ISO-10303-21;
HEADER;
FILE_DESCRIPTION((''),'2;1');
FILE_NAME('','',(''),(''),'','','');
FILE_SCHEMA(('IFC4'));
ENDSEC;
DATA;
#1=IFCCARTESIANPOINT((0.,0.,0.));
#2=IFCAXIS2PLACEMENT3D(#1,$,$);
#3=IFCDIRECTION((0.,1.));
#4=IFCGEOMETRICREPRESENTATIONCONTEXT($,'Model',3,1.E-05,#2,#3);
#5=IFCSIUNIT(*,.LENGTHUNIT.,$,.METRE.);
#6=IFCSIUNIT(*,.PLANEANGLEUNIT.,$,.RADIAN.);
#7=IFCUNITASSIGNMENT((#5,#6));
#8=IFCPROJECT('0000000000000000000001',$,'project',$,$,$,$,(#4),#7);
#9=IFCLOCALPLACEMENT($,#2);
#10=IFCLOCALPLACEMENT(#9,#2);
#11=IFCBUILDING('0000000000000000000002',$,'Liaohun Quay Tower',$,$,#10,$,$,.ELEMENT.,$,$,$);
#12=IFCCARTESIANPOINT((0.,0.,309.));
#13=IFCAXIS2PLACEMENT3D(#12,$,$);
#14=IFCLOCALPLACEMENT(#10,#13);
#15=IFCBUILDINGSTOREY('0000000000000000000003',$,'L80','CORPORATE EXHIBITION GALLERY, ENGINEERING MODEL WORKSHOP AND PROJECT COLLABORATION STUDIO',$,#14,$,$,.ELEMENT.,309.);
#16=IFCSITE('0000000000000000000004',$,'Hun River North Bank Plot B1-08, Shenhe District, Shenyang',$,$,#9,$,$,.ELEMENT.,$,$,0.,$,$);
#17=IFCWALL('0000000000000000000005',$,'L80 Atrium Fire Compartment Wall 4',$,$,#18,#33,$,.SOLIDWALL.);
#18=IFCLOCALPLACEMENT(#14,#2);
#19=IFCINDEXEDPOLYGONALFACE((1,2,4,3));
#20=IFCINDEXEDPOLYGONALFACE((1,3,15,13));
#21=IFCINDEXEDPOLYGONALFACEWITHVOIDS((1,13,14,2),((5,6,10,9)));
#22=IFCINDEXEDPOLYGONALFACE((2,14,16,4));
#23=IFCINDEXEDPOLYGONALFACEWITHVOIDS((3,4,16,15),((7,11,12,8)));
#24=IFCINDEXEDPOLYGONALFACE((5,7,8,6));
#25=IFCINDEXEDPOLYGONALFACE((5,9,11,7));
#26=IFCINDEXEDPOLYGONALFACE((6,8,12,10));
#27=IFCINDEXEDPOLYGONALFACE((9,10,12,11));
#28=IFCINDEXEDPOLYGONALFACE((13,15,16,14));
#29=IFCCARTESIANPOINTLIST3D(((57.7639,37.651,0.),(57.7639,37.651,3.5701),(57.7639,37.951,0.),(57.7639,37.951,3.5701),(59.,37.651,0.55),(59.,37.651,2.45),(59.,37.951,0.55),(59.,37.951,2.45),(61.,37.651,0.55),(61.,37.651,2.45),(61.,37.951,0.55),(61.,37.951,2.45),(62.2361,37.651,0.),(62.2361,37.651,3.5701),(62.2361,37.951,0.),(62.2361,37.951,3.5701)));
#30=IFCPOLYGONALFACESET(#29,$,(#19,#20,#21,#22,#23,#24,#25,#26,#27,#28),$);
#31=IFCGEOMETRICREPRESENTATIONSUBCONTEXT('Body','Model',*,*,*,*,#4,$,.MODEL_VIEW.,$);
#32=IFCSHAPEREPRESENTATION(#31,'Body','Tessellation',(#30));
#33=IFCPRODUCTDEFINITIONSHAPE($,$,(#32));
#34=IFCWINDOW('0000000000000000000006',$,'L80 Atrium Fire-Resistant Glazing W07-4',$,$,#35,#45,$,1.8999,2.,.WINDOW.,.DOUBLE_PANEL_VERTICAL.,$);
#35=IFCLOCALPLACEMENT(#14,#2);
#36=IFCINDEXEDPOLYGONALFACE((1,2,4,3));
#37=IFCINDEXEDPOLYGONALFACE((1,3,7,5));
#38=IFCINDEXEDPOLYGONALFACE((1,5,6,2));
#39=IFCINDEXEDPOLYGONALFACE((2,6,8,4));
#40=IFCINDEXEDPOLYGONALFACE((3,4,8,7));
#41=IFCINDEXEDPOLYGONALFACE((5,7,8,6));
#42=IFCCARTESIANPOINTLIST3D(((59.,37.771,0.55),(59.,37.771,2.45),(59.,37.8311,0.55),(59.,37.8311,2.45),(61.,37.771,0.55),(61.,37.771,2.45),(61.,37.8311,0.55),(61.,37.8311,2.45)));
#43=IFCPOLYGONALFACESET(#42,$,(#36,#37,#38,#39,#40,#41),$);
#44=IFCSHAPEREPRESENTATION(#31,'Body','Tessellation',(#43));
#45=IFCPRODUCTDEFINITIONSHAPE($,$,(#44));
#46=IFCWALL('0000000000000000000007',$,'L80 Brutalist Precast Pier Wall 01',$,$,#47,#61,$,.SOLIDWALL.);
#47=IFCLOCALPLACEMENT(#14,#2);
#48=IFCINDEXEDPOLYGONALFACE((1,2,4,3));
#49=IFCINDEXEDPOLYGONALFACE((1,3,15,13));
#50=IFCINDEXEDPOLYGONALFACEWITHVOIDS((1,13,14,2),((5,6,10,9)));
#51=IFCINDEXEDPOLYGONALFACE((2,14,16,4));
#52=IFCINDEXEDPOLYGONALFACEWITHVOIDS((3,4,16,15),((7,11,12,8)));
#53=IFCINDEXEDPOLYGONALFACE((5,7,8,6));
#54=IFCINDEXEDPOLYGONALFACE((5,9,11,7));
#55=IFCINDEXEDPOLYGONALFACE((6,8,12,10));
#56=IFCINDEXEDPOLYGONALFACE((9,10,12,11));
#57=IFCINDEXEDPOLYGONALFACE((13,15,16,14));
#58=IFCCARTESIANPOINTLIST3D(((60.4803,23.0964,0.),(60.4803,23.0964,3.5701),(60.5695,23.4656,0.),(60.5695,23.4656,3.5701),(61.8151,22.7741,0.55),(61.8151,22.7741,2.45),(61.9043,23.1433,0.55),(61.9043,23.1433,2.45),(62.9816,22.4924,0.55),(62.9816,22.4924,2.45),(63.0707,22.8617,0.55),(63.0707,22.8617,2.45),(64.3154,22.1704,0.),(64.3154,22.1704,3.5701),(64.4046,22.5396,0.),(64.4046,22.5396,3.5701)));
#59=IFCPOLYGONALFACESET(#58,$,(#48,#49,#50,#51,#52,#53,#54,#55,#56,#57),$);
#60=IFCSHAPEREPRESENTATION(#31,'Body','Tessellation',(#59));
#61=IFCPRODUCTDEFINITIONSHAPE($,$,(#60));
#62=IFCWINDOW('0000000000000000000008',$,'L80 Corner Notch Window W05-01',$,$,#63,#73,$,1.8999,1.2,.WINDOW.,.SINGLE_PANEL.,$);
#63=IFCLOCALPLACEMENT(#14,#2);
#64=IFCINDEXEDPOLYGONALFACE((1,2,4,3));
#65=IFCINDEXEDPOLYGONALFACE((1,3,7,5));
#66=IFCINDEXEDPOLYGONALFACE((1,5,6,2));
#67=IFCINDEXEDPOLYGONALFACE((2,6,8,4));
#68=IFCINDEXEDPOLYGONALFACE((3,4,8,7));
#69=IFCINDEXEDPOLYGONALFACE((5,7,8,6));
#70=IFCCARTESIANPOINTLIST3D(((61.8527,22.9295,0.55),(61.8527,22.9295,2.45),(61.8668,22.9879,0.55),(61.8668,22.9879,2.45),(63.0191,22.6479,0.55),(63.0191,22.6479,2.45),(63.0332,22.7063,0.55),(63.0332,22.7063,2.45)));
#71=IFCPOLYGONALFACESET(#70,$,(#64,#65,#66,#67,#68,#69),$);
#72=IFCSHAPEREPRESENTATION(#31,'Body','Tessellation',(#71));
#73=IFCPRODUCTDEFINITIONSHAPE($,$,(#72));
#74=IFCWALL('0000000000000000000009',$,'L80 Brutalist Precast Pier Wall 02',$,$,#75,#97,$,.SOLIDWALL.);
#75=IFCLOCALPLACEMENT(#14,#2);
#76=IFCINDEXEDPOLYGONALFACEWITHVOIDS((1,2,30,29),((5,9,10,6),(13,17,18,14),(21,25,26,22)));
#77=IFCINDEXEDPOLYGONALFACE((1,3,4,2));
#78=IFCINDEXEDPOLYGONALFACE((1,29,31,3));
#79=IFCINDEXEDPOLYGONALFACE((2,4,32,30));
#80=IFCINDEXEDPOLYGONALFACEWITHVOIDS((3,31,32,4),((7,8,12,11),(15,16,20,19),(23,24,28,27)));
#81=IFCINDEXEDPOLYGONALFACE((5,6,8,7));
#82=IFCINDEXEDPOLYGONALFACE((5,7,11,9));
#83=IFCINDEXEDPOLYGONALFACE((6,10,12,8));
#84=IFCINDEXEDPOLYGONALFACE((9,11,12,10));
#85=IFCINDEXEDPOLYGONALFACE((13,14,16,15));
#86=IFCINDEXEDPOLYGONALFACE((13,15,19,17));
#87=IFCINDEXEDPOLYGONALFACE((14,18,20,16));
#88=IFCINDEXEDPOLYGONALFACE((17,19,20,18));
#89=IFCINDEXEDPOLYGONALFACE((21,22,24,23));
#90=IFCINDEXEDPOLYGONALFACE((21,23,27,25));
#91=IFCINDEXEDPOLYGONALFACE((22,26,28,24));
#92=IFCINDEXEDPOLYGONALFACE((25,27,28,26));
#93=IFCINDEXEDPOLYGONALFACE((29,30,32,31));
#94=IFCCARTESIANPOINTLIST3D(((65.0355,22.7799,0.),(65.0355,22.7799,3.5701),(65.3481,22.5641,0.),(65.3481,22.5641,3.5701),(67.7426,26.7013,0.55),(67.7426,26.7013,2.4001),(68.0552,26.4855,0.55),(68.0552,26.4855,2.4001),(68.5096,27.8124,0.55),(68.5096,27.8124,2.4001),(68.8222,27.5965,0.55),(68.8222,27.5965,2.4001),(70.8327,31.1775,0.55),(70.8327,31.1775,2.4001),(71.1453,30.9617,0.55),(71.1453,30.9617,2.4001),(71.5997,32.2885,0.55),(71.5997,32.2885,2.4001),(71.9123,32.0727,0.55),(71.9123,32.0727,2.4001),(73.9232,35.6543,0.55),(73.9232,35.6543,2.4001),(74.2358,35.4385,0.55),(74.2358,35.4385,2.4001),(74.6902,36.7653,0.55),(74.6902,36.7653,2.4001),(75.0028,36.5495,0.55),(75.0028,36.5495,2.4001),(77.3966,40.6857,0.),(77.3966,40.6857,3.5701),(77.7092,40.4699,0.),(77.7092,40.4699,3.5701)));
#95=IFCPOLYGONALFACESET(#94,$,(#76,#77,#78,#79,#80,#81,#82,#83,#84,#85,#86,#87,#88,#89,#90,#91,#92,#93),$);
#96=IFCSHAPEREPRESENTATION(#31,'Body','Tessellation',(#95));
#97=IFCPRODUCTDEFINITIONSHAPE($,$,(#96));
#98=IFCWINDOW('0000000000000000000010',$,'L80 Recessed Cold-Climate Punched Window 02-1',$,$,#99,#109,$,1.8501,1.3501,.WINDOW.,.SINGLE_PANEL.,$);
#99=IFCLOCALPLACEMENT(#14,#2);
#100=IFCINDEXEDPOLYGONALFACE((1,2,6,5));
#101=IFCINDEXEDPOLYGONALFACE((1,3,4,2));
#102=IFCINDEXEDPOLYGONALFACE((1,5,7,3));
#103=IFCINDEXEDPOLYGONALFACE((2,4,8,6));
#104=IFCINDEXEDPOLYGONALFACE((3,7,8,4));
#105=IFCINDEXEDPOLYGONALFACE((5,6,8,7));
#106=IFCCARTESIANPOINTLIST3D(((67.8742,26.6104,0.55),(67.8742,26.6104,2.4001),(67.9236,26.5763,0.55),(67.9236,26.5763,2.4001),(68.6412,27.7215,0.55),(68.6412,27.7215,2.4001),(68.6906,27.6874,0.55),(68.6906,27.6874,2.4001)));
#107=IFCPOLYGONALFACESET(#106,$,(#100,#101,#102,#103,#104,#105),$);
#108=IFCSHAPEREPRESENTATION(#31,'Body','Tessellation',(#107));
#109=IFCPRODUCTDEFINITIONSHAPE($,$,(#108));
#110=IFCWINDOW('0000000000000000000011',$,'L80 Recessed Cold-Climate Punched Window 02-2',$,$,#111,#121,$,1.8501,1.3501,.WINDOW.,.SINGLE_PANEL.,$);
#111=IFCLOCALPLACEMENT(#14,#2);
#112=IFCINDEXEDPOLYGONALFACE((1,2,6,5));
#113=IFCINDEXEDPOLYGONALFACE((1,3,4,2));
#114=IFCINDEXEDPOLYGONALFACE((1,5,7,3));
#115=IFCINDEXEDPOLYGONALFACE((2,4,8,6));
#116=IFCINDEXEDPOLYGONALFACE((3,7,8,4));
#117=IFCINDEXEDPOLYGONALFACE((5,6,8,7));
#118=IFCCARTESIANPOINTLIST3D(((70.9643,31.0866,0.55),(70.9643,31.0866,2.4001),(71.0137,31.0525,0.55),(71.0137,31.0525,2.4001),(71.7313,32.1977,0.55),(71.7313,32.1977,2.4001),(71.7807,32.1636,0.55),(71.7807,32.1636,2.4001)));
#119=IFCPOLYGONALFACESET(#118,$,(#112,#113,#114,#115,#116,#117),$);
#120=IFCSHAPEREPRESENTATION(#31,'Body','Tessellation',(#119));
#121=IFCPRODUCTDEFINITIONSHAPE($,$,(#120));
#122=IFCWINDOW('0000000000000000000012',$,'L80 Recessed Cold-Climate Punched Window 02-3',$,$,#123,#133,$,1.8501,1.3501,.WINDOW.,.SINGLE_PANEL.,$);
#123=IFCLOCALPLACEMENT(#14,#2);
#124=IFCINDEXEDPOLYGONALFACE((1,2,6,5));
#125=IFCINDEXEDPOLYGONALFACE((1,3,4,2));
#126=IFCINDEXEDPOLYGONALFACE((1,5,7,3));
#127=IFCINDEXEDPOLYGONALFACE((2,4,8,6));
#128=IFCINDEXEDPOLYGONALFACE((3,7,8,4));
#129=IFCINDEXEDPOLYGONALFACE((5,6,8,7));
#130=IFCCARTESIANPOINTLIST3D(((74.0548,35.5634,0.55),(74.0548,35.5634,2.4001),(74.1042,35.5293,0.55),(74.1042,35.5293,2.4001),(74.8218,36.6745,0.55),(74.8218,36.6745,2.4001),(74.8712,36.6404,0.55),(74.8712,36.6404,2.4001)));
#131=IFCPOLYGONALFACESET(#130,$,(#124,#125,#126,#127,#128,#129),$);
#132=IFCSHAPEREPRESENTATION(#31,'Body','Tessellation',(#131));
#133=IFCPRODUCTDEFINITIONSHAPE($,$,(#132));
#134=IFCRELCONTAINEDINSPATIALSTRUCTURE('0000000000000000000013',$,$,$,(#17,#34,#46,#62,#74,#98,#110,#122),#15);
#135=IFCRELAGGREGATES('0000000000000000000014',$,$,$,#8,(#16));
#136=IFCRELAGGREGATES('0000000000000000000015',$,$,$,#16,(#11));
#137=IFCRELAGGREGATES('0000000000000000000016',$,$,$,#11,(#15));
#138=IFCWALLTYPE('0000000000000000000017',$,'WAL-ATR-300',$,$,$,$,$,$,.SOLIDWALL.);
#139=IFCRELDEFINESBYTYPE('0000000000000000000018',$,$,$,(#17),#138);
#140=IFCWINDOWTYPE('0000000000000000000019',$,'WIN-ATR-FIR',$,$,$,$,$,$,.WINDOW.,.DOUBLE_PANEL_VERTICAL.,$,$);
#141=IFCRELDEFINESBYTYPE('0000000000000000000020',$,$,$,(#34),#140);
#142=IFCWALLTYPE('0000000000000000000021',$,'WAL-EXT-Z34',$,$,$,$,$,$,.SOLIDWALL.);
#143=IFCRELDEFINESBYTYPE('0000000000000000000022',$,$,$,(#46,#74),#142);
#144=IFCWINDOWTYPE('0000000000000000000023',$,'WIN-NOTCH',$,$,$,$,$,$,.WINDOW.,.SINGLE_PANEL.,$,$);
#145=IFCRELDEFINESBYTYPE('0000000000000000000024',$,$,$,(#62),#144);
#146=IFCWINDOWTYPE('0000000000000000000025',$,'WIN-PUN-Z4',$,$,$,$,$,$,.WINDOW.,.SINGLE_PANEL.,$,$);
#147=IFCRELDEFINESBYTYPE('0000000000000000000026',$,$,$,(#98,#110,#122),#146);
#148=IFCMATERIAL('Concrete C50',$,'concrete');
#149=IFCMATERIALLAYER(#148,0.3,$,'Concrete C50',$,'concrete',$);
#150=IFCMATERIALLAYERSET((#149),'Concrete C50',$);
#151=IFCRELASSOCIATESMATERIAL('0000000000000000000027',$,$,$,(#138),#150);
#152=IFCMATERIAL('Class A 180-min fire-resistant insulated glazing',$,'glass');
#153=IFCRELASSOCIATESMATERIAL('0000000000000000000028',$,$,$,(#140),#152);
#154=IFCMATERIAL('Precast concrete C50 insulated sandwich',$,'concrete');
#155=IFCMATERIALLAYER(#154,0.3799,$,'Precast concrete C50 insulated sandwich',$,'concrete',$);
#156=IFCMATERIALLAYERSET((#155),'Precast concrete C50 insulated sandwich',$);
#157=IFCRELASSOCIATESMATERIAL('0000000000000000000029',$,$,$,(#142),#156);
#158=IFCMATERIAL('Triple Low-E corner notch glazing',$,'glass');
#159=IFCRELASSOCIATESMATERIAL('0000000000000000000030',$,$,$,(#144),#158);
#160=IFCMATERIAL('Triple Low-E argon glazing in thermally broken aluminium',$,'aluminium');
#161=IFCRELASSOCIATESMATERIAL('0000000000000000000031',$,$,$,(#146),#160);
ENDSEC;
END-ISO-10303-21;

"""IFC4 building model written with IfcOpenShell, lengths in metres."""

from ifc_helpers import new_model, si_unit, direction, frame, frame_2d, origin, place, context, subcontext, project, spatial, rectangle, extrude, source, transform, mapped, material, layer, layer_set, type_object, element, fill, save


model = new_model("IFC4")

# Units and contexts
model_context = context("Model", 3, precision=1e-05, world=origin(), true_north=direction((0.0, 1.0)))
body_context = subcontext(model_context, "Body", "Model", "MODEL_VIEW")
ifc_project = project(units=[si_unit("LENGTHUNIT", "METRE"), si_unit("PLANEANGLEUNIT", "RADIAN")], contexts=[model_context])

# Site, building, storey
site_placement = place(None, origin())
site = spatial("IfcSite", under=ifc_project, at=site_placement, Name="Hun River North Bank Plot B1-08, Shenhe District, Shenyang", CompositionType="ELEMENT", RefElevation=0.0)
building_placement = place(site_placement, origin())
building = spatial("IfcBuilding", under=site, at=building_placement, Name="Liaohun Quay Tower", CompositionType="ELEMENT")
storey_placement = place(building_placement, frame((0.0, 0.0, 309.0)))
storey = spatial("IfcBuildingStorey", under=building, at=storey_placement, Name="L80", Description="CORPORATE EXHIBITION GALLERY, ENGINEERING MODEL WORKSHOP AND PROJECT COLLABORATION STUDIO", CompositionType="ELEMENT", Elevation=309.0)

# Shared definitions
ifc_material_1 = material(Name="Concrete C50", Category="concrete")

# Walls, openings, windows
ifc_layer_1 = layer(ifc_material_1, 0.3, Name="Concrete C50", Category="concrete")
ifc_layer_set_1 = layer_set([ifc_layer_1], Name="Concrete C50")
wall_type_1 = type_object("IfcWallType", Name="WAL-ATR-300", PredefinedType="SOLIDWALL", material=ifc_layer_set_1)
shared_shape_1 = source(origin(), body_context, "Body", "SweptSolid", [
    extrude(rectangle(XDim=2.0, YDim=1.8999, at=frame_2d((1.0, 0.95))), frame((0.0, 0.1599, 0.0), z_axis=(0.0, -1.0, 0.0), x_axis=(1.0, 0.0, 0.0)), (0.0, 0.0, 1.0), 0.3201),
])
ifc_material_2 = material(Name="Class A 180-min fire-resistant insulated glazing", Category="glass")
window_type_1 = type_object("IfcWindowType", Name="WIN-ATR-FIR", PartitioningType="DOUBLE_PANEL_VERTICAL", PredefinedType="WINDOW", material=ifc_material_2)
shared_shape_2 = source(origin(), body_context, "Body", "SweptSolid", [
    extrude(rectangle(XDim=2.0, YDim=1.8999, at=frame_2d((1.0, 0.95))), frame((0.0, 0.03, 0.0), z_axis=(0.0, -1.0, 0.0), x_axis=(1.0, 0.0, 0.0)), (0.0, 0.0, 1.0), 0.0601),
])
wall_1_placement = place(storey_placement, frame((62.2361, 37.801, 0.0), z_axis=(0.0, 0.0, 1.0), x_axis=(-1.0, 0.0, 0.0)))
wall_1 = element("IfcWall", 1, at=wall_1_placement, inside=storey, type_object=wall_type_1, Name="L80 Atrium Fire Compartment Wall 4", PredefinedType="SOLIDWALL", context=body_context, shape_type="SweptSolid", body=[
    extrude(rectangle(XDim=4.4722, YDim=0.3, at=frame_2d((2.2361, 0.0))), origin(), (0.0, 0.0, 1.0), 3.5701),
])
opening_1_placement = place(wall_1_placement, frame((1.2361, 0.0, 0.55)))
opening_1 = element("IfcOpeningElement", 2, at=opening_1_placement, cuts=wall_1, PredefinedType="OPENING", context=body_context, shape_type="MappedRepresentation", body=[
    mapped(shared_shape_1, transform((0.0, 0.0, 0.0), x_axis=(1.0, 0.0, 0.0), y_axis=(0.0, 1.0, 0.0), z_axis=(0.0, 0.0, 1.0), scale=1.0)),
])
window_1_placement = place(opening_1_placement, origin())
window_1 = element("IfcWindow", 3, at=window_1_placement, inside=storey, type_object=window_type_1, Name="L80 Atrium Fire-Resistant Glazing W07-4", OverallHeight=1.8999, OverallWidth=2.0, PartitioningType="DOUBLE_PANEL_VERTICAL", PredefinedType="WINDOW", context=body_context, shape_type="MappedRepresentation", body=[
    mapped(shared_shape_2, transform((0.0, 0.0, 0.0), x_axis=(1.0, 0.0, 0.0), y_axis=(0.0, 1.0, 0.0), z_axis=(0.0, 0.0, 1.0), scale=1.0)),
])
fill(opening_1, window_1)
ifc_material_3 = material(Name="Precast concrete C50 insulated sandwich", Category="concrete")
ifc_layer_2 = layer(ifc_material_3, 0.3799, Name="Precast concrete C50 insulated sandwich", Category="concrete")
ifc_layer_set_2 = layer_set([ifc_layer_2], Name="Precast concrete C50 insulated sandwich")
wall_type_2 = type_object("IfcWallType", Name="WAL-EXT-Z34", PredefinedType="SOLIDWALL", material=ifc_layer_set_2)
wall_2_placement = place(storey_placement, frame((60.5249, 23.281, 0.0), z_axis=(0.0, 0.0, 1.0), x_axis=(0.972066, -0.234709, 0.0)))
wall_2 = element("IfcWall", 4, at=wall_2_placement, inside=storey, type_object=wall_type_2, Name="L80 Brutalist Precast Pier Wall 01", PredefinedType="SOLIDWALL", context=body_context, shape_type="SweptSolid", body=[
    extrude(rectangle(XDim=3.9453, YDim=0.3799, at=frame_2d((1.9727, 0.0))), origin(), (0.0, 0.0, 1.0), 3.5701),
])
shared_shape_3 = source(origin(), body_context, "Body", "SweptSolid", [
    extrude(rectangle(XDim=1.2, YDim=1.8999, at=frame_2d((0.6001, 0.95))), frame((0.0, 0.2, 0.0), z_axis=(0.0, -1.0, 0.0), x_axis=(1.0, 0.0, 0.0)), (0.0, 0.0, 1.0), 0.3999),
])
opening_2_placement = place(wall_2_placement, frame((1.373, 0.0, 0.55)))
opening_2 = element("IfcOpeningElement", 5, at=opening_2_placement, cuts=wall_2, PredefinedType="OPENING", context=body_context, shape_type="MappedRepresentation", body=[
    mapped(shared_shape_3, transform((0.0, 0.0, 0.0), x_axis=(1.0, 0.0, 0.0), y_axis=(0.0, 1.0, 0.0), z_axis=(0.0, 0.0, 1.0), scale=1.0)),
])
ifc_material_4 = material(Name="Triple Low-E corner notch glazing", Category="glass")
window_type_2 = type_object("IfcWindowType", Name="WIN-NOTCH", PartitioningType="SINGLE_PANEL", PredefinedType="WINDOW", material=ifc_material_4)
shared_shape_4 = source(origin(), body_context, "Body", "SweptSolid", [
    extrude(rectangle(XDim=1.2, YDim=1.8999, at=frame_2d((0.6001, 0.95))), frame((0.0, 0.03, 0.0), z_axis=(0.0, -1.0, 0.0), x_axis=(1.0, 0.0, 0.0)), (0.0, 0.0, 1.0), 0.0601),
])
window_2_placement = place(opening_2_placement, origin())
window_2 = element("IfcWindow", 6, at=window_2_placement, inside=storey, type_object=window_type_2, Name="L80 Corner Notch Window W05-01", OverallHeight=1.8999, OverallWidth=1.2, PartitioningType="SINGLE_PANEL", PredefinedType="WINDOW", context=body_context, shape_type="MappedRepresentation", body=[
    mapped(shared_shape_4, transform((0.0, 0.0, 0.0), x_axis=(1.0, 0.0, 0.0), y_axis=(0.0, 1.0, 0.0), z_axis=(0.0, 0.0, 1.0), scale=1.0)),
])
fill(opening_2, window_2)

# Wall, openings, windows
wall_3_placement = place(storey_placement, frame((65.1919, 22.6721, 0.0), z_axis=(0.0, 0.0, 1.0), x_axis=(0.568115, 0.822949, 0.0)))
wall_3 = element("IfcWall", 7, at=wall_3_placement, inside=storey, type_object=wall_type_2, Name="L80 Brutalist Precast Pier Wall 02", PredefinedType="SOLIDWALL", context=body_context, shape_type="SweptSolid", body=[
    extrude(rectangle(XDim=21.7581, YDim=0.3799, at=frame_2d((10.8789, 0.0))), origin(), (0.0, 0.0, 1.0), 3.5701),
])
shared_shape_5 = source(origin(), body_context, "Body", "SweptSolid", [
    extrude(rectangle(XDim=1.3501, YDim=1.8501, at=frame_2d((0.675, 0.925))), frame((0.0, 0.2, 0.0), z_axis=(0.0, -1.0, 0.0), x_axis=(1.0, 0.0, 0.0)), (0.0, 0.0, 1.0), 0.3999),
])
opening_3_placement = place(wall_3_placement, frame((4.7649, 0.0, 0.55)))
opening_3 = element("IfcOpeningElement", 8, at=opening_3_placement, cuts=wall_3, PredefinedType="OPENING", context=body_context, shape_type="MappedRepresentation", body=[
    mapped(shared_shape_5, transform((0.0, 0.0, 0.0), x_axis=(1.0, 0.0, 0.0), y_axis=(0.0, 1.0, 0.0), z_axis=(0.0, 0.0, 1.0), scale=1.0)),
])
opening_4_placement = place(wall_3_placement, frame((10.2041, 0.0, 0.55)))
opening_4 = element("IfcOpeningElement", 9, at=opening_4_placement, cuts=wall_3, PredefinedType="OPENING", context=body_context, shape_type="MappedRepresentation", body=[
    mapped(shared_shape_5, transform((0.0, 0.0, 0.0), x_axis=(1.0, 0.0, 0.0), y_axis=(0.0, 1.0, 0.0), z_axis=(0.0, 0.0, 1.0), scale=1.0)),
])
opening_5_placement = place(wall_3_placement, frame((15.644, 0.0, 0.55)))
opening_5 = element("IfcOpeningElement", 10, at=opening_5_placement, cuts=wall_3, PredefinedType="OPENING", context=body_context, shape_type="MappedRepresentation", body=[
    mapped(shared_shape_5, transform((0.0, 0.0, 0.0), x_axis=(1.0, 0.0, 0.0), y_axis=(0.0, 1.0, 0.0), z_axis=(0.0, 0.0, 1.0), scale=1.0)),
])
ifc_material_5 = material(Name="Triple Low-E argon glazing in thermally broken aluminium", Category="aluminium")
window_type_3 = type_object("IfcWindowType", Name="WIN-PUN-Z4", PartitioningType="SINGLE_PANEL", PredefinedType="WINDOW", material=ifc_material_5)
shared_shape_6 = source(origin(), body_context, "Body", "SweptSolid", [
    extrude(rectangle(XDim=1.3501, YDim=1.8501, at=frame_2d((0.675, 0.925))), frame((0.0, 0.03, 0.0), z_axis=(0.0, -1.0, 0.0), x_axis=(1.0, 0.0, 0.0)), (0.0, 0.0, 1.0), 0.0601),
])
window_3_placement = place(opening_3_placement, origin())
window_3 = element("IfcWindow", 11, at=window_3_placement, inside=storey, type_object=window_type_3, Name="L80 Recessed Cold-Climate Punched Window 02-1", OverallHeight=1.8501, OverallWidth=1.3501, PartitioningType="SINGLE_PANEL", PredefinedType="WINDOW", context=body_context, shape_type="MappedRepresentation", body=[
    mapped(shared_shape_6, transform((0.0, 0.0, 0.0), x_axis=(1.0, 0.0, 0.0), y_axis=(0.0, 1.0, 0.0), z_axis=(0.0, 0.0, 1.0), scale=1.0)),
])
fill(opening_3, window_3)
window_4_placement = place(opening_4_placement, origin())
window_4 = element("IfcWindow", 12, at=window_4_placement, inside=storey, type_object=window_type_3, Name="L80 Recessed Cold-Climate Punched Window 02-2", OverallHeight=1.8501, OverallWidth=1.3501, PartitioningType="SINGLE_PANEL", PredefinedType="WINDOW", context=body_context, shape_type="MappedRepresentation", body=[
    mapped(shared_shape_6, transform((0.0, 0.0, 0.0), x_axis=(1.0, 0.0, 0.0), y_axis=(0.0, 1.0, 0.0), z_axis=(0.0, 0.0, 1.0), scale=1.0)),
])
fill(opening_4, window_4)
window_5_placement = place(opening_5_placement, origin())
window_5 = element("IfcWindow", 13, at=window_5_placement, inside=storey, type_object=window_type_3, Name="L80 Recessed Cold-Climate Punched Window 02-3", OverallHeight=1.8501, OverallWidth=1.3501, PartitioningType="SINGLE_PANEL", PredefinedType="WINDOW", context=body_context, shape_type="MappedRepresentation", body=[
    mapped(shared_shape_6, transform((0.0, 0.0, 0.0), x_axis=(1.0, 0.0, 0.0), y_axis=(0.0, 1.0, 0.0), z_axis=(0.0, 0.0, 1.0), scale=1.0)),
])
fill(opening_5, window_5)

save(model, "model.ifc")
